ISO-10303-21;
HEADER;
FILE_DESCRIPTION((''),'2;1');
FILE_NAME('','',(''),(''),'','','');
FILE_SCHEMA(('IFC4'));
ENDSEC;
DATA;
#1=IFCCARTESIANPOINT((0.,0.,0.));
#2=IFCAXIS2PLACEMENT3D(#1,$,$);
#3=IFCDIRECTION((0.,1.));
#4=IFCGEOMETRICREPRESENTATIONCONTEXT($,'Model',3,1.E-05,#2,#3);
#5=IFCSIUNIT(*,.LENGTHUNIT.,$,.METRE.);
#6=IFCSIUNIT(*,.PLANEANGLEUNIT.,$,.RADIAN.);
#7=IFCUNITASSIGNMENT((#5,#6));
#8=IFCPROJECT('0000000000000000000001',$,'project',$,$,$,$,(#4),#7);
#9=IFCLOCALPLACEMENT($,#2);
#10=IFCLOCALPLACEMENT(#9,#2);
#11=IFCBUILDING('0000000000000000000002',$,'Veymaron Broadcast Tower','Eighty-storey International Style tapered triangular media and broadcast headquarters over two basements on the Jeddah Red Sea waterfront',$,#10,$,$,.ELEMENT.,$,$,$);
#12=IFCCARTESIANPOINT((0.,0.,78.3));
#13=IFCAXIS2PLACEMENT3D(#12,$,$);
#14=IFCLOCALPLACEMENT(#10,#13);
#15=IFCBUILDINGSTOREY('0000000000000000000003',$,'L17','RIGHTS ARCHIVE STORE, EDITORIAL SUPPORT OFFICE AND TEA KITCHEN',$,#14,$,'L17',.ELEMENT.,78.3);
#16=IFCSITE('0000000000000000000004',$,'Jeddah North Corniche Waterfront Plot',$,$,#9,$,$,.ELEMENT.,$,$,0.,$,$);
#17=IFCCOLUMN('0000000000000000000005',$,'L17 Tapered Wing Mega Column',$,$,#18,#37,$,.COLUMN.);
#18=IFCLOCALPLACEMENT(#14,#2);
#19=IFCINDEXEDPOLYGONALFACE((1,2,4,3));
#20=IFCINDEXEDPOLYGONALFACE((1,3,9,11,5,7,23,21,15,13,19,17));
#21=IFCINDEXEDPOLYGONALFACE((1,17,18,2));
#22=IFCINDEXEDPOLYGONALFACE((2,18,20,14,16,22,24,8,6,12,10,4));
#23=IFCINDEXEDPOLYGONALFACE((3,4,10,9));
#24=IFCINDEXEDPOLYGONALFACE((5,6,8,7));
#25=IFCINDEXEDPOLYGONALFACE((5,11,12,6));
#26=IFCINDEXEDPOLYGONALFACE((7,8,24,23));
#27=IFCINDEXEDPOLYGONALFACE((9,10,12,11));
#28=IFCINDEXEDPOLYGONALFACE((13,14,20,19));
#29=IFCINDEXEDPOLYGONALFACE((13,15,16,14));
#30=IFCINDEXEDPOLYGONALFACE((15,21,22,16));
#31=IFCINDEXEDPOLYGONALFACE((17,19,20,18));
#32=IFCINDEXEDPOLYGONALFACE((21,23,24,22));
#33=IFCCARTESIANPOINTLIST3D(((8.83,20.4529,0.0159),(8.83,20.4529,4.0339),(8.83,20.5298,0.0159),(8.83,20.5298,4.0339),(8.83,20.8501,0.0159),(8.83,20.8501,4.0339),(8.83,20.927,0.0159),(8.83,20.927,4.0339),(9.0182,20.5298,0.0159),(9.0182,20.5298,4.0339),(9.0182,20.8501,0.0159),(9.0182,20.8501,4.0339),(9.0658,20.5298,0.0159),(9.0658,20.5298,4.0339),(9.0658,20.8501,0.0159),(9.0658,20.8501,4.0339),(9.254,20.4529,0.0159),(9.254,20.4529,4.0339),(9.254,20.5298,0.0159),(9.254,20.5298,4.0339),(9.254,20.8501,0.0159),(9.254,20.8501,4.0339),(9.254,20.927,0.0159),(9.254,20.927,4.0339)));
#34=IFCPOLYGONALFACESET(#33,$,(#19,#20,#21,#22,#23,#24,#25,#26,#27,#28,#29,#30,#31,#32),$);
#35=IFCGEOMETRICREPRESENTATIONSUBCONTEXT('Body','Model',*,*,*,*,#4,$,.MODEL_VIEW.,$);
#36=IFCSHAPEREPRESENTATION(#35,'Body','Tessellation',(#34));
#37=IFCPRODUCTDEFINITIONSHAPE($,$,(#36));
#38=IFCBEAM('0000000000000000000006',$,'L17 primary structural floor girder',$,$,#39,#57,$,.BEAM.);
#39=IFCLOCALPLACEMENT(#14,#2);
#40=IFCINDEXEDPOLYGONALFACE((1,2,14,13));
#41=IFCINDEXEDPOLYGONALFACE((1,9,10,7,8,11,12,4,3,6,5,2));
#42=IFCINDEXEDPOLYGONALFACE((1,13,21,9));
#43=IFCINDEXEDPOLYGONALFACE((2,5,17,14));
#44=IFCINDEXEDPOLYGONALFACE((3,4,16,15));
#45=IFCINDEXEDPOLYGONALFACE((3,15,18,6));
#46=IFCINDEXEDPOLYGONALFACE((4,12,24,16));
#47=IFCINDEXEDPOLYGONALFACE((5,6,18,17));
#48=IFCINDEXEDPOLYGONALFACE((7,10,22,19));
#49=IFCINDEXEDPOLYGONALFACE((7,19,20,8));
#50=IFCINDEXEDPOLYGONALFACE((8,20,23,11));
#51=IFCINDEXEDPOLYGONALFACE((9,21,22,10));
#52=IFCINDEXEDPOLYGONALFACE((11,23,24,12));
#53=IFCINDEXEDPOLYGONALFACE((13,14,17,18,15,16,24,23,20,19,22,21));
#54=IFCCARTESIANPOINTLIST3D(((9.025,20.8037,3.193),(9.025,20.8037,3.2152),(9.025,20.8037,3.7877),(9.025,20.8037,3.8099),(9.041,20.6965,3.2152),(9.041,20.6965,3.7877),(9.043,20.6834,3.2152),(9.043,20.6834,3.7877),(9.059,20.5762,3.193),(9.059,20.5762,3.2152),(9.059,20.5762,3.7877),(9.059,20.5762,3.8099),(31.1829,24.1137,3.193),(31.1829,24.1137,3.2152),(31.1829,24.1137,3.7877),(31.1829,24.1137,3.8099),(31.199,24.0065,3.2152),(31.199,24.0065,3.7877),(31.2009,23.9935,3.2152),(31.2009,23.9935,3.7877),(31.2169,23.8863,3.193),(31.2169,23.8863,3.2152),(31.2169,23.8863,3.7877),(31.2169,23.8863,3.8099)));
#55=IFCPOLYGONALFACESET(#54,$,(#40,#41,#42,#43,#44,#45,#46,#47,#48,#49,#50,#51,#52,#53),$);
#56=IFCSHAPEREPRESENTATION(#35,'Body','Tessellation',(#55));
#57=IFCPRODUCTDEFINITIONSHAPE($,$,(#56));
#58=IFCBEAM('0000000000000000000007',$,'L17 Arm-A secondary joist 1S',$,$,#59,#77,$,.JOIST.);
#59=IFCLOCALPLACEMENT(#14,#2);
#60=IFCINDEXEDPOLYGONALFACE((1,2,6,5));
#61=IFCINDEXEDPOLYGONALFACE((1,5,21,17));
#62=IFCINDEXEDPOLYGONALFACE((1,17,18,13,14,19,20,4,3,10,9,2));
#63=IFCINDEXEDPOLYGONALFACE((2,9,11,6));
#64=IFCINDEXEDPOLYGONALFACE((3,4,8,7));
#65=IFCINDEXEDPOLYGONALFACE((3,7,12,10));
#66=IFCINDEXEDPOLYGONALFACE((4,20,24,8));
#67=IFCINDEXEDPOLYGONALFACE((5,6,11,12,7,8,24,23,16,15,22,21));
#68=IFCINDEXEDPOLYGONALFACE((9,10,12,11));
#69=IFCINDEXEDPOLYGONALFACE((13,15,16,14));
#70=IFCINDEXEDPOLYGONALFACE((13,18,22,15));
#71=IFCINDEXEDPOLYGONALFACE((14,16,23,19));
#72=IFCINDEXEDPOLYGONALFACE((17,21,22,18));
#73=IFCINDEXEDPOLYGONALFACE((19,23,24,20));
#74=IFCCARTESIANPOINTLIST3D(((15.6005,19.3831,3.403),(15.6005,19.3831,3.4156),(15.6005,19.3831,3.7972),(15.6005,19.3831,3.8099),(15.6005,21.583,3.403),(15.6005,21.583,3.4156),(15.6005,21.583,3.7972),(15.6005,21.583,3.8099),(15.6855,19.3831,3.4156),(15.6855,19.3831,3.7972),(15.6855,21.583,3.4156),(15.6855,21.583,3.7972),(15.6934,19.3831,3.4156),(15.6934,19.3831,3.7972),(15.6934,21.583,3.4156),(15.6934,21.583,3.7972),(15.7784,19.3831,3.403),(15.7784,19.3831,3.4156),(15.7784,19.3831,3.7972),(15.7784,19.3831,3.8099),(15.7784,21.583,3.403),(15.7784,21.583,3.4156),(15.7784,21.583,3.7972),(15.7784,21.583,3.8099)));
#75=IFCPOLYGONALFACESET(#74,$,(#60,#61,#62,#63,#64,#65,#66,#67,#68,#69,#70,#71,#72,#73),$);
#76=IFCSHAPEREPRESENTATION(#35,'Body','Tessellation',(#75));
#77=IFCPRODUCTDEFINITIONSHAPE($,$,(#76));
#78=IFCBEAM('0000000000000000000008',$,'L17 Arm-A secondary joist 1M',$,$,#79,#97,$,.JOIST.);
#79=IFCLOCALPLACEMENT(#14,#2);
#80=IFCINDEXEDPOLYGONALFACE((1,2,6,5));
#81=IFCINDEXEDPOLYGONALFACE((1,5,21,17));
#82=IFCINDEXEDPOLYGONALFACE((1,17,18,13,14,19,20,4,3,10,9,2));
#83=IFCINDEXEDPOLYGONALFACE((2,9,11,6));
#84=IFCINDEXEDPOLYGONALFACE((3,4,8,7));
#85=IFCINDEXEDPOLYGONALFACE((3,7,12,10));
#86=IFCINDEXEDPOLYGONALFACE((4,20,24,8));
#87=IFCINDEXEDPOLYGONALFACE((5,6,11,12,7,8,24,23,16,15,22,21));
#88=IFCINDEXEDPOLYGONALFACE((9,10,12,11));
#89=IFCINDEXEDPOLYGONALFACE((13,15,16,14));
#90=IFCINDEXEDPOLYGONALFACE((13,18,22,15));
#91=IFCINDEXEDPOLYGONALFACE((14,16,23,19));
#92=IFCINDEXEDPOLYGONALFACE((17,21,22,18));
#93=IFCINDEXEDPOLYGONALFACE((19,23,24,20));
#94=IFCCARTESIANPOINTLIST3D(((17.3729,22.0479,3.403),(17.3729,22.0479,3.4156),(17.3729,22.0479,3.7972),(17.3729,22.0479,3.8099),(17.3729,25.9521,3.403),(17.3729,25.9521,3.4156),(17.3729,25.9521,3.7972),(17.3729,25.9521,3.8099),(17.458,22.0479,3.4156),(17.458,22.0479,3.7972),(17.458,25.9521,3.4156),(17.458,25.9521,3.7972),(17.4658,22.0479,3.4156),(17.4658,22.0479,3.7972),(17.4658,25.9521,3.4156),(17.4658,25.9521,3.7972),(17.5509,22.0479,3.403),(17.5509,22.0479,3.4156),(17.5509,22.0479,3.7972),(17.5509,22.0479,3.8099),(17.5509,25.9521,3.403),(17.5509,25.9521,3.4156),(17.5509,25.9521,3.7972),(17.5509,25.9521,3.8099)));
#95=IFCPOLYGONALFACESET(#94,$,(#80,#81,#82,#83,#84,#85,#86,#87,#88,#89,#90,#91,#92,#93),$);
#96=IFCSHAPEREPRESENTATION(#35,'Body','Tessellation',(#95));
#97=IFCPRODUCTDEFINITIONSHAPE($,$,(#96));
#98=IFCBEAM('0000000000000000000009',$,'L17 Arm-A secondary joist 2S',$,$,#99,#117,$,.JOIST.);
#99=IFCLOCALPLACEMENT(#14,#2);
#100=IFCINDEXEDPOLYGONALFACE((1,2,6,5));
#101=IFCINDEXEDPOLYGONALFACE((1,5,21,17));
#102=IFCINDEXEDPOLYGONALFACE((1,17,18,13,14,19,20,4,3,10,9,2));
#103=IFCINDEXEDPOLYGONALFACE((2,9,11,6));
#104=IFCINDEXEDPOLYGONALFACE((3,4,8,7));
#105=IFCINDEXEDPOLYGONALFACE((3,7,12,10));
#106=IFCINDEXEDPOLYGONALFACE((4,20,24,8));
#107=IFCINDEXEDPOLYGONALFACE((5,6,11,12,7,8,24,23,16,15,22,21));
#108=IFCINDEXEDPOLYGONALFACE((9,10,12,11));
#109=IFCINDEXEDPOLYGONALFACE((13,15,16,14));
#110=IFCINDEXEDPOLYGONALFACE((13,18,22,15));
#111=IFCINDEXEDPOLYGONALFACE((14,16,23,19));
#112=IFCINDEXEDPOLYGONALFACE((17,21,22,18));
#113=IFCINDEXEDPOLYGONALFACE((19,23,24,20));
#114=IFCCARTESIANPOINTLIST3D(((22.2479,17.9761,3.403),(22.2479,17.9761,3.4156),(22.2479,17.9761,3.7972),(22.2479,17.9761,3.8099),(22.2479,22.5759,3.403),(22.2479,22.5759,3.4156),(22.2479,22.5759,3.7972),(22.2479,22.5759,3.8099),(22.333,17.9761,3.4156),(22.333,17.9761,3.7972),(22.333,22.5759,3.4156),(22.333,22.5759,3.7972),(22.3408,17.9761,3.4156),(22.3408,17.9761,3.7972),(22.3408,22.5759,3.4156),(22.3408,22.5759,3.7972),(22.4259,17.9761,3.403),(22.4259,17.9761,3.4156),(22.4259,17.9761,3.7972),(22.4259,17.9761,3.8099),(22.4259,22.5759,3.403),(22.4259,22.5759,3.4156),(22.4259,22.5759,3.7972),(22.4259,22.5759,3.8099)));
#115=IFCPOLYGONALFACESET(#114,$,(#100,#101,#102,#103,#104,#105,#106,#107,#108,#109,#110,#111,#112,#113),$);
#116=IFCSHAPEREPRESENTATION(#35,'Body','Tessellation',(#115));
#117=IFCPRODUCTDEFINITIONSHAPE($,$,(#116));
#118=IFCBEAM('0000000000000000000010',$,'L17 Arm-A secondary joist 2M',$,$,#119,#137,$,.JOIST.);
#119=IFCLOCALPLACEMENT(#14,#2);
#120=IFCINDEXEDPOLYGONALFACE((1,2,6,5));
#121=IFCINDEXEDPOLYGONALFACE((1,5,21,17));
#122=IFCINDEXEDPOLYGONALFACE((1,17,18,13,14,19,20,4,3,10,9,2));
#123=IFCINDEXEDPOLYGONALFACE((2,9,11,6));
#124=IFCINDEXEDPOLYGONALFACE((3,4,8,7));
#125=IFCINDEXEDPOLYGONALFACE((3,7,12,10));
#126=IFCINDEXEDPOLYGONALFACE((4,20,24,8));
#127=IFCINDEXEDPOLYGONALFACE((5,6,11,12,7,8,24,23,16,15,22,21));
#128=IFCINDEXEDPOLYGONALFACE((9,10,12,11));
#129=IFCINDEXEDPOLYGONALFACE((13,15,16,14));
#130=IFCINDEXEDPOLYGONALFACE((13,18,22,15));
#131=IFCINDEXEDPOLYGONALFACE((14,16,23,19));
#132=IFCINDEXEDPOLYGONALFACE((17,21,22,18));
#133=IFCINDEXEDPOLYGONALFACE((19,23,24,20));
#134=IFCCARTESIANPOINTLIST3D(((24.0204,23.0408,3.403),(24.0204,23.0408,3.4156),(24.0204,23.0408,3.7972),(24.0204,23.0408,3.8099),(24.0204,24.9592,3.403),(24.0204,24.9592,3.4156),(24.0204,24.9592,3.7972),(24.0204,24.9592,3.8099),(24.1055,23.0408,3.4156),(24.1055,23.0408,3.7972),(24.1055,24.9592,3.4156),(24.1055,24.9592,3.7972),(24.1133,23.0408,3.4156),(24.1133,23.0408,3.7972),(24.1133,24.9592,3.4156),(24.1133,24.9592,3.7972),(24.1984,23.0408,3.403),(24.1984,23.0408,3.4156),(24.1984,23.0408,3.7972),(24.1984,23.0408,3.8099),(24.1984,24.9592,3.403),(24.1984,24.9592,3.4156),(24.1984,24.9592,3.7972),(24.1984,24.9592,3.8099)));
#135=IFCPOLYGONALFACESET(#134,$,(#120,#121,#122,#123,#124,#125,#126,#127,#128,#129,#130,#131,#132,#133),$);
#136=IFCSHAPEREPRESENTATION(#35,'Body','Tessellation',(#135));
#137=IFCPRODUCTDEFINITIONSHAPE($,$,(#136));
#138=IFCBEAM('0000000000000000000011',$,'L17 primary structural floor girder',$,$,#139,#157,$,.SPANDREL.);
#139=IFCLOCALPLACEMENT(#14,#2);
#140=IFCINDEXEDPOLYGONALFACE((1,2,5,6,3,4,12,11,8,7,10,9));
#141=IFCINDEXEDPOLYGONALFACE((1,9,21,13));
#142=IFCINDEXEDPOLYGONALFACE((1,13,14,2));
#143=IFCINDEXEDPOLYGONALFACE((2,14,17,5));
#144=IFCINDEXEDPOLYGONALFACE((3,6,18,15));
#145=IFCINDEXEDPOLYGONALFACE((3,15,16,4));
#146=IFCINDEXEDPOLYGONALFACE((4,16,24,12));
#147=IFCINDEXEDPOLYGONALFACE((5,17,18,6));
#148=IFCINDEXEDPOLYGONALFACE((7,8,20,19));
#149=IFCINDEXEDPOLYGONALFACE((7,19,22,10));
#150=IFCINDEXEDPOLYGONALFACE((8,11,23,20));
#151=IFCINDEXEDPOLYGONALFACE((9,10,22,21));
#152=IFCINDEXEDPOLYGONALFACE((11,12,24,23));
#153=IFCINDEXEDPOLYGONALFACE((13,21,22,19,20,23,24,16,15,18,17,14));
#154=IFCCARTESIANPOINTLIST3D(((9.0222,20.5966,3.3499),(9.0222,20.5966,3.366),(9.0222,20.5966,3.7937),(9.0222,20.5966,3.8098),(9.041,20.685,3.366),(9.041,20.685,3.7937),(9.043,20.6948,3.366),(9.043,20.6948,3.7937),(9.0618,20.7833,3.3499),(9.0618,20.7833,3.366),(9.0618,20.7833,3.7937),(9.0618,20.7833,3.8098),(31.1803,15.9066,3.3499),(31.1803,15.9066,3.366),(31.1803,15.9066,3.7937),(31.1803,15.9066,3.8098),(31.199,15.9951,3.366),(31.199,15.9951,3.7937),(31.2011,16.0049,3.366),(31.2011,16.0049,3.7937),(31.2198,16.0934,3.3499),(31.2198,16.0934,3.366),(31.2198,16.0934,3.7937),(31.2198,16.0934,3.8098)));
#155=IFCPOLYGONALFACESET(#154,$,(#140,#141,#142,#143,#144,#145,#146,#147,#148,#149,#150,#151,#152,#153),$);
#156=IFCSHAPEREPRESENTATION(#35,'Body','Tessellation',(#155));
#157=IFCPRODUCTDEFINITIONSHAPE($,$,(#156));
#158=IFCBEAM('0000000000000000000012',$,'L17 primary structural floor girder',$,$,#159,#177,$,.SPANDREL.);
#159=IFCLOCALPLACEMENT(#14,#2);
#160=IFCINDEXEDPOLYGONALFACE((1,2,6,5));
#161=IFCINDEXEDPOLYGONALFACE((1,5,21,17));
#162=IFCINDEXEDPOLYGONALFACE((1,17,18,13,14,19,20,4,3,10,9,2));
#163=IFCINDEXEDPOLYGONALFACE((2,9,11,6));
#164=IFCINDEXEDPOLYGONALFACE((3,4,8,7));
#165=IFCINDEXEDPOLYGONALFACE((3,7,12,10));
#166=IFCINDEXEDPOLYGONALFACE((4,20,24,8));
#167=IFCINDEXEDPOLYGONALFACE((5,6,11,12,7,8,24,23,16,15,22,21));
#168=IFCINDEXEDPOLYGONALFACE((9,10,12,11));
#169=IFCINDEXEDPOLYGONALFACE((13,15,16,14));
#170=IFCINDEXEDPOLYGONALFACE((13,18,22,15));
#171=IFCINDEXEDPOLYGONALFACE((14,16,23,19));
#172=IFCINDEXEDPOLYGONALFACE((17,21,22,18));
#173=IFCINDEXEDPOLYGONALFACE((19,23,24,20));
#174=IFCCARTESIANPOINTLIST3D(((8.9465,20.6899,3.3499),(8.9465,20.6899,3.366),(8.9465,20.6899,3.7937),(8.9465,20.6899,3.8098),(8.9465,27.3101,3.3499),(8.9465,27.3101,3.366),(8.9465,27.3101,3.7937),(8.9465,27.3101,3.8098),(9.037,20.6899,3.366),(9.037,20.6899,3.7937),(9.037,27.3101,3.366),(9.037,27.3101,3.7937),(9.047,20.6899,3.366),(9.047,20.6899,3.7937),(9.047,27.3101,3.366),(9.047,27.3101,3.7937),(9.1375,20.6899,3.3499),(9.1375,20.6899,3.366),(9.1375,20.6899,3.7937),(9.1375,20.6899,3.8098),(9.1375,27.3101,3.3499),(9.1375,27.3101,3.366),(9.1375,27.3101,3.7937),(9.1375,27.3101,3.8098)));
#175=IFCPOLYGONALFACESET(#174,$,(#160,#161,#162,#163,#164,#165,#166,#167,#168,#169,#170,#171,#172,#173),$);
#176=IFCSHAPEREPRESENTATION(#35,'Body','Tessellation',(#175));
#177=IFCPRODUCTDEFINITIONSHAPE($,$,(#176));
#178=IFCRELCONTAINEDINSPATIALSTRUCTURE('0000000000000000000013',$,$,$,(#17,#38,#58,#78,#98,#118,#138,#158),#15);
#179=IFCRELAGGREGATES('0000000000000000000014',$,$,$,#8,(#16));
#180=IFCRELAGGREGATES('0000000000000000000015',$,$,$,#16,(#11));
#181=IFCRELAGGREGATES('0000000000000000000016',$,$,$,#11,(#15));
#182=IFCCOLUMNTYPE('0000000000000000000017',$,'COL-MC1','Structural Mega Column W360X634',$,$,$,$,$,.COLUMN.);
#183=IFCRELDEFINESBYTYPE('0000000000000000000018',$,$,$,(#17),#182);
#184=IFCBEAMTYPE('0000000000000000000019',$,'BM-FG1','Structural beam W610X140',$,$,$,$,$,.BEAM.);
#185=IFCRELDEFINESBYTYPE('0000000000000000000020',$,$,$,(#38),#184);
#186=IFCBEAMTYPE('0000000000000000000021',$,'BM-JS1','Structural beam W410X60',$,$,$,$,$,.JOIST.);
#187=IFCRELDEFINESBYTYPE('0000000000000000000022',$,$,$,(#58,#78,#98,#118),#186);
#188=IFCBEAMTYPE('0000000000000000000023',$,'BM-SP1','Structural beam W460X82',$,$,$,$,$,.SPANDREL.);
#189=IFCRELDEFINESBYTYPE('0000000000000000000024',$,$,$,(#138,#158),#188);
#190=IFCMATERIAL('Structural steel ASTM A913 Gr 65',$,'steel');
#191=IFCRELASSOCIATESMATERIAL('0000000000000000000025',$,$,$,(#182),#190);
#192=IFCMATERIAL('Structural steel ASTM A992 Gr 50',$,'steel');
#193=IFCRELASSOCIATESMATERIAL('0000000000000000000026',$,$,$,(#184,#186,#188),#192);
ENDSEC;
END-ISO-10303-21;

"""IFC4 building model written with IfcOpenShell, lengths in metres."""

from ifc_helpers import new_model, si_unit, direction, frame, origin, origin_2d, place, context, subcontext, project, spatial, i_section, extrude, material, material_profile, profile_set, type_object, element, save


model = new_model("IFC4")

# Units and contexts
model_context = context("Model", 3, precision=1e-05, world=origin(), true_north=direction((0.0, 1.0)))
body_context = subcontext(model_context, "Body", "Model", "MODEL_VIEW")
ifc_project = project(units=[si_unit("LENGTHUNIT", "METRE"), si_unit("PLANEANGLEUNIT", "RADIAN")], contexts=[model_context])

# Site, building, storey
site_placement = place(None, origin())
site = spatial("IfcSite", under=ifc_project, at=site_placement, Name="Jeddah North Corniche Waterfront Plot", CompositionType="ELEMENT", RefElevation=0.0)
building_placement = place(site_placement, origin())
building = spatial("IfcBuilding", under=site, at=building_placement, Name="Veymaron Broadcast Tower", Description="Eighty-storey International Style tapered triangular media and broadcast headquarters over two basements on the Jeddah Red Sea waterfront", CompositionType="ELEMENT")
storey_placement = place(building_placement, frame((0.0, 0.0, 78.3)))
storey = spatial("IfcBuildingStorey", under=building, at=storey_placement, Name="L17", Description="RIGHTS ARCHIVE STORE, EDITORIAL SUPPORT OFFICE AND TEA KITCHEN", LongName="L17", CompositionType="ELEMENT", Elevation=78.3)

# Column
ifc_material_1 = material(Name="Structural steel ASTM A913 Gr 65", Category="steel")
ifc_material_profile_1 = material_profile(ifc_material_1, i_section(OverallWidth=0.4241, OverallDepth=0.4741, WebThickness=0.0476, FlangeThickness=0.0769, at=origin_2d()), Name="W360X634")
ifc_profile_set_1 = profile_set([ifc_material_profile_1], Name="Structural steel ASTM A913 Gr 65")
column_type = type_object("IfcColumnType", Name="COL-MC1", Description="Structural Mega Column W360X634", PredefinedType="COLUMN", material=ifc_profile_set_1)
column_placement = place(storey_placement, frame((9.042, 20.6899, 0.0159), z_axis=(0.0, 0.0, 1.0), x_axis=(1.0, 0.0, 0.0)))
element("IfcColumn", 1, at=column_placement, inside=storey, type_object=column_type, Name="L17 Tapered Wing Mega Column", PredefinedType="COLUMN", context=body_context, shape_type="SweptSolid", body=[
    extrude(i_section(OverallWidth=0.4241, OverallDepth=0.4741, WebThickness=0.0476, FlangeThickness=0.0769, at=origin_2d()), origin(), (0.0, 0.0, 1.0), 4.0181),
])

# Beams
ifc_material_2 = material(Name="Structural steel ASTM A992 Gr 50", Category="steel")
ifc_material_profile_2 = material_profile(ifc_material_2, i_section(OverallWidth=0.23, OverallDepth=0.6169, WebThickness=0.0132, FlangeThickness=0.0222, at=origin_2d()), Name="W610X140")
ifc_profile_set_2 = profile_set([ifc_material_profile_2], Name="Structural steel ASTM A992 Gr 50")
beam_type_1 = type_object("IfcBeamType", Name="BM-FG1", Description="Structural beam W610X140", PredefinedType="BEAM", material=ifc_profile_set_2)
beam_1_placement = place(storey_placement, frame((9.042, 20.6899, 3.5015), z_axis=(0.989025, 0.147745, 0.0), x_axis=(-0.147745, 0.989025, 0.0)))
element("IfcBeam", 2, at=beam_1_placement, inside=storey, type_object=beam_type_1, Name="L17 primary structural floor girder", PredefinedType="BEAM", context=body_context, shape_type="SweptSolid", body=[
    extrude(i_section(OverallWidth=0.23, OverallDepth=0.6169, WebThickness=0.0132, FlangeThickness=0.0222, at=origin_2d()), origin(), (0.0, 0.0, 1.0), 22.4038),
])
ifc_material_profile_3 = material_profile(ifc_material_2, i_section(OverallWidth=0.178, OverallDepth=0.407, WebThickness=0.0078, FlangeThickness=0.0127, at=origin_2d()), Name="W410X60")
ifc_profile_set_3 = profile_set([ifc_material_profile_3], Name="Structural steel ASTM A992 Gr 50")
beam_type_2 = type_object("IfcBeamType", Name="BM-JS1", Description="Structural beam W410X60", PredefinedType="JOIST", material=ifc_profile_set_3)
beam_2_placement = place(storey_placement, frame((15.6895, 19.3831, 3.6064), z_axis=(0.0, 1.0, 0.0), x_axis=(-1.0, 0.0, 0.0)))
element("IfcBeam", 3, at=beam_2_placement, inside=storey, type_object=beam_type_2, Name="L17 Arm-A secondary joist 1S", PredefinedType="JOIST", context=body_context, shape_type="SweptSolid", body=[
    extrude(i_section(OverallWidth=0.178, OverallDepth=0.407, WebThickness=0.0078, FlangeThickness=0.0127, at=origin_2d()), origin(), (0.0, 0.0, 1.0), 2.2),
])
beam_3_placement = place(storey_placement, frame((17.4619, 22.0479, 3.6064), z_axis=(0.0, 1.0, 0.0), x_axis=(-1.0, 0.0, 0.0)))
element("IfcBeam", 4, at=beam_3_placement, inside=storey, type_object=beam_type_2, Name="L17 Arm-A secondary joist 1M", PredefinedType="JOIST", context=body_context, shape_type="SweptSolid", body=[
    extrude(i_section(OverallWidth=0.178, OverallDepth=0.407, WebThickness=0.0078, FlangeThickness=0.0127, at=origin_2d()), origin(), (0.0, 0.0, 1.0), 3.9043),
])
beam_4_placement = place(storey_placement, frame((22.3369, 17.9761, 3.6064), z_axis=(0.0, 1.0, 0.0), x_axis=(-1.0, 0.0, 0.0)))
element("IfcBeam", 5, at=beam_4_placement, inside=storey, type_object=beam_type_2, Name="L17 Arm-A secondary joist 2S", PredefinedType="JOIST", context=body_context, shape_type="SweptSolid", body=[
    extrude(i_section(OverallWidth=0.178, OverallDepth=0.407, WebThickness=0.0078, FlangeThickness=0.0127, at=origin_2d()), origin(), (0.0, 0.0, 1.0), 4.5999),
])
beam_5_placement = place(storey_placement, frame((24.1094, 23.0408, 3.6064), z_axis=(0.0, 1.0, 0.0), x_axis=(-1.0, 0.0, 0.0)))
element("IfcBeam", 6, at=beam_5_placement, inside=storey, type_object=beam_type_2, Name="L17 Arm-A secondary joist 2M", PredefinedType="JOIST", context=body_context, shape_type="SweptSolid", body=[
    extrude(i_section(OverallWidth=0.178, OverallDepth=0.407, WebThickness=0.0078, FlangeThickness=0.0127, at=origin_2d()), origin(), (0.0, 0.0, 1.0), 1.9185),
])
ifc_material_profile_4 = material_profile(ifc_material_2, i_section(OverallWidth=0.1909, OverallDepth=0.46, WebThickness=0.01, FlangeThickness=0.0161, at=origin_2d()), Name="W460X82")
ifc_profile_set_4 = profile_set([ifc_material_profile_4], Name="Structural steel ASTM A992 Gr 50")
beam_type_3 = type_object("IfcBeamType", Name="BM-SP1", Description="Structural beam W460X82", PredefinedType="SPANDREL", material=ifc_profile_set_4)
beam_6_placement = place(storey_placement, frame((9.042, 20.6899, 3.5798), z_axis=(0.978326, -0.207072, 0.0), x_axis=(0.207072, 0.978326, 0.0)))
element("IfcBeam", 7, at=beam_6_placement, inside=storey, type_object=beam_type_3, Name="L17 primary structural floor girder", PredefinedType="SPANDREL", context=body_context, shape_type="SweptSolid", body=[
    extrude(i_section(OverallWidth=0.1909, OverallDepth=0.46, WebThickness=0.01, FlangeThickness=0.0161, at=origin_2d()), origin(), (0.0, 0.0, 1.0), 22.6489),
])
beam_7_placement = place(storey_placement, frame((9.042, 20.6899, 3.5798), z_axis=(0.0, 1.0, 0.0), x_axis=(-1.0, 0.0, 0.0)))
element("IfcBeam", 8, at=beam_7_placement, inside=storey, type_object=beam_type_3, Name="L17 primary structural floor girder", PredefinedType="SPANDREL", context=body_context, shape_type="SweptSolid", body=[
    extrude(i_section(OverallWidth=0.1909, OverallDepth=0.46, WebThickness=0.01, FlangeThickness=0.0161, at=origin_2d()), origin(), (0.0, 0.0, 1.0), 6.6201),
])

save(model, "model.ifc")
